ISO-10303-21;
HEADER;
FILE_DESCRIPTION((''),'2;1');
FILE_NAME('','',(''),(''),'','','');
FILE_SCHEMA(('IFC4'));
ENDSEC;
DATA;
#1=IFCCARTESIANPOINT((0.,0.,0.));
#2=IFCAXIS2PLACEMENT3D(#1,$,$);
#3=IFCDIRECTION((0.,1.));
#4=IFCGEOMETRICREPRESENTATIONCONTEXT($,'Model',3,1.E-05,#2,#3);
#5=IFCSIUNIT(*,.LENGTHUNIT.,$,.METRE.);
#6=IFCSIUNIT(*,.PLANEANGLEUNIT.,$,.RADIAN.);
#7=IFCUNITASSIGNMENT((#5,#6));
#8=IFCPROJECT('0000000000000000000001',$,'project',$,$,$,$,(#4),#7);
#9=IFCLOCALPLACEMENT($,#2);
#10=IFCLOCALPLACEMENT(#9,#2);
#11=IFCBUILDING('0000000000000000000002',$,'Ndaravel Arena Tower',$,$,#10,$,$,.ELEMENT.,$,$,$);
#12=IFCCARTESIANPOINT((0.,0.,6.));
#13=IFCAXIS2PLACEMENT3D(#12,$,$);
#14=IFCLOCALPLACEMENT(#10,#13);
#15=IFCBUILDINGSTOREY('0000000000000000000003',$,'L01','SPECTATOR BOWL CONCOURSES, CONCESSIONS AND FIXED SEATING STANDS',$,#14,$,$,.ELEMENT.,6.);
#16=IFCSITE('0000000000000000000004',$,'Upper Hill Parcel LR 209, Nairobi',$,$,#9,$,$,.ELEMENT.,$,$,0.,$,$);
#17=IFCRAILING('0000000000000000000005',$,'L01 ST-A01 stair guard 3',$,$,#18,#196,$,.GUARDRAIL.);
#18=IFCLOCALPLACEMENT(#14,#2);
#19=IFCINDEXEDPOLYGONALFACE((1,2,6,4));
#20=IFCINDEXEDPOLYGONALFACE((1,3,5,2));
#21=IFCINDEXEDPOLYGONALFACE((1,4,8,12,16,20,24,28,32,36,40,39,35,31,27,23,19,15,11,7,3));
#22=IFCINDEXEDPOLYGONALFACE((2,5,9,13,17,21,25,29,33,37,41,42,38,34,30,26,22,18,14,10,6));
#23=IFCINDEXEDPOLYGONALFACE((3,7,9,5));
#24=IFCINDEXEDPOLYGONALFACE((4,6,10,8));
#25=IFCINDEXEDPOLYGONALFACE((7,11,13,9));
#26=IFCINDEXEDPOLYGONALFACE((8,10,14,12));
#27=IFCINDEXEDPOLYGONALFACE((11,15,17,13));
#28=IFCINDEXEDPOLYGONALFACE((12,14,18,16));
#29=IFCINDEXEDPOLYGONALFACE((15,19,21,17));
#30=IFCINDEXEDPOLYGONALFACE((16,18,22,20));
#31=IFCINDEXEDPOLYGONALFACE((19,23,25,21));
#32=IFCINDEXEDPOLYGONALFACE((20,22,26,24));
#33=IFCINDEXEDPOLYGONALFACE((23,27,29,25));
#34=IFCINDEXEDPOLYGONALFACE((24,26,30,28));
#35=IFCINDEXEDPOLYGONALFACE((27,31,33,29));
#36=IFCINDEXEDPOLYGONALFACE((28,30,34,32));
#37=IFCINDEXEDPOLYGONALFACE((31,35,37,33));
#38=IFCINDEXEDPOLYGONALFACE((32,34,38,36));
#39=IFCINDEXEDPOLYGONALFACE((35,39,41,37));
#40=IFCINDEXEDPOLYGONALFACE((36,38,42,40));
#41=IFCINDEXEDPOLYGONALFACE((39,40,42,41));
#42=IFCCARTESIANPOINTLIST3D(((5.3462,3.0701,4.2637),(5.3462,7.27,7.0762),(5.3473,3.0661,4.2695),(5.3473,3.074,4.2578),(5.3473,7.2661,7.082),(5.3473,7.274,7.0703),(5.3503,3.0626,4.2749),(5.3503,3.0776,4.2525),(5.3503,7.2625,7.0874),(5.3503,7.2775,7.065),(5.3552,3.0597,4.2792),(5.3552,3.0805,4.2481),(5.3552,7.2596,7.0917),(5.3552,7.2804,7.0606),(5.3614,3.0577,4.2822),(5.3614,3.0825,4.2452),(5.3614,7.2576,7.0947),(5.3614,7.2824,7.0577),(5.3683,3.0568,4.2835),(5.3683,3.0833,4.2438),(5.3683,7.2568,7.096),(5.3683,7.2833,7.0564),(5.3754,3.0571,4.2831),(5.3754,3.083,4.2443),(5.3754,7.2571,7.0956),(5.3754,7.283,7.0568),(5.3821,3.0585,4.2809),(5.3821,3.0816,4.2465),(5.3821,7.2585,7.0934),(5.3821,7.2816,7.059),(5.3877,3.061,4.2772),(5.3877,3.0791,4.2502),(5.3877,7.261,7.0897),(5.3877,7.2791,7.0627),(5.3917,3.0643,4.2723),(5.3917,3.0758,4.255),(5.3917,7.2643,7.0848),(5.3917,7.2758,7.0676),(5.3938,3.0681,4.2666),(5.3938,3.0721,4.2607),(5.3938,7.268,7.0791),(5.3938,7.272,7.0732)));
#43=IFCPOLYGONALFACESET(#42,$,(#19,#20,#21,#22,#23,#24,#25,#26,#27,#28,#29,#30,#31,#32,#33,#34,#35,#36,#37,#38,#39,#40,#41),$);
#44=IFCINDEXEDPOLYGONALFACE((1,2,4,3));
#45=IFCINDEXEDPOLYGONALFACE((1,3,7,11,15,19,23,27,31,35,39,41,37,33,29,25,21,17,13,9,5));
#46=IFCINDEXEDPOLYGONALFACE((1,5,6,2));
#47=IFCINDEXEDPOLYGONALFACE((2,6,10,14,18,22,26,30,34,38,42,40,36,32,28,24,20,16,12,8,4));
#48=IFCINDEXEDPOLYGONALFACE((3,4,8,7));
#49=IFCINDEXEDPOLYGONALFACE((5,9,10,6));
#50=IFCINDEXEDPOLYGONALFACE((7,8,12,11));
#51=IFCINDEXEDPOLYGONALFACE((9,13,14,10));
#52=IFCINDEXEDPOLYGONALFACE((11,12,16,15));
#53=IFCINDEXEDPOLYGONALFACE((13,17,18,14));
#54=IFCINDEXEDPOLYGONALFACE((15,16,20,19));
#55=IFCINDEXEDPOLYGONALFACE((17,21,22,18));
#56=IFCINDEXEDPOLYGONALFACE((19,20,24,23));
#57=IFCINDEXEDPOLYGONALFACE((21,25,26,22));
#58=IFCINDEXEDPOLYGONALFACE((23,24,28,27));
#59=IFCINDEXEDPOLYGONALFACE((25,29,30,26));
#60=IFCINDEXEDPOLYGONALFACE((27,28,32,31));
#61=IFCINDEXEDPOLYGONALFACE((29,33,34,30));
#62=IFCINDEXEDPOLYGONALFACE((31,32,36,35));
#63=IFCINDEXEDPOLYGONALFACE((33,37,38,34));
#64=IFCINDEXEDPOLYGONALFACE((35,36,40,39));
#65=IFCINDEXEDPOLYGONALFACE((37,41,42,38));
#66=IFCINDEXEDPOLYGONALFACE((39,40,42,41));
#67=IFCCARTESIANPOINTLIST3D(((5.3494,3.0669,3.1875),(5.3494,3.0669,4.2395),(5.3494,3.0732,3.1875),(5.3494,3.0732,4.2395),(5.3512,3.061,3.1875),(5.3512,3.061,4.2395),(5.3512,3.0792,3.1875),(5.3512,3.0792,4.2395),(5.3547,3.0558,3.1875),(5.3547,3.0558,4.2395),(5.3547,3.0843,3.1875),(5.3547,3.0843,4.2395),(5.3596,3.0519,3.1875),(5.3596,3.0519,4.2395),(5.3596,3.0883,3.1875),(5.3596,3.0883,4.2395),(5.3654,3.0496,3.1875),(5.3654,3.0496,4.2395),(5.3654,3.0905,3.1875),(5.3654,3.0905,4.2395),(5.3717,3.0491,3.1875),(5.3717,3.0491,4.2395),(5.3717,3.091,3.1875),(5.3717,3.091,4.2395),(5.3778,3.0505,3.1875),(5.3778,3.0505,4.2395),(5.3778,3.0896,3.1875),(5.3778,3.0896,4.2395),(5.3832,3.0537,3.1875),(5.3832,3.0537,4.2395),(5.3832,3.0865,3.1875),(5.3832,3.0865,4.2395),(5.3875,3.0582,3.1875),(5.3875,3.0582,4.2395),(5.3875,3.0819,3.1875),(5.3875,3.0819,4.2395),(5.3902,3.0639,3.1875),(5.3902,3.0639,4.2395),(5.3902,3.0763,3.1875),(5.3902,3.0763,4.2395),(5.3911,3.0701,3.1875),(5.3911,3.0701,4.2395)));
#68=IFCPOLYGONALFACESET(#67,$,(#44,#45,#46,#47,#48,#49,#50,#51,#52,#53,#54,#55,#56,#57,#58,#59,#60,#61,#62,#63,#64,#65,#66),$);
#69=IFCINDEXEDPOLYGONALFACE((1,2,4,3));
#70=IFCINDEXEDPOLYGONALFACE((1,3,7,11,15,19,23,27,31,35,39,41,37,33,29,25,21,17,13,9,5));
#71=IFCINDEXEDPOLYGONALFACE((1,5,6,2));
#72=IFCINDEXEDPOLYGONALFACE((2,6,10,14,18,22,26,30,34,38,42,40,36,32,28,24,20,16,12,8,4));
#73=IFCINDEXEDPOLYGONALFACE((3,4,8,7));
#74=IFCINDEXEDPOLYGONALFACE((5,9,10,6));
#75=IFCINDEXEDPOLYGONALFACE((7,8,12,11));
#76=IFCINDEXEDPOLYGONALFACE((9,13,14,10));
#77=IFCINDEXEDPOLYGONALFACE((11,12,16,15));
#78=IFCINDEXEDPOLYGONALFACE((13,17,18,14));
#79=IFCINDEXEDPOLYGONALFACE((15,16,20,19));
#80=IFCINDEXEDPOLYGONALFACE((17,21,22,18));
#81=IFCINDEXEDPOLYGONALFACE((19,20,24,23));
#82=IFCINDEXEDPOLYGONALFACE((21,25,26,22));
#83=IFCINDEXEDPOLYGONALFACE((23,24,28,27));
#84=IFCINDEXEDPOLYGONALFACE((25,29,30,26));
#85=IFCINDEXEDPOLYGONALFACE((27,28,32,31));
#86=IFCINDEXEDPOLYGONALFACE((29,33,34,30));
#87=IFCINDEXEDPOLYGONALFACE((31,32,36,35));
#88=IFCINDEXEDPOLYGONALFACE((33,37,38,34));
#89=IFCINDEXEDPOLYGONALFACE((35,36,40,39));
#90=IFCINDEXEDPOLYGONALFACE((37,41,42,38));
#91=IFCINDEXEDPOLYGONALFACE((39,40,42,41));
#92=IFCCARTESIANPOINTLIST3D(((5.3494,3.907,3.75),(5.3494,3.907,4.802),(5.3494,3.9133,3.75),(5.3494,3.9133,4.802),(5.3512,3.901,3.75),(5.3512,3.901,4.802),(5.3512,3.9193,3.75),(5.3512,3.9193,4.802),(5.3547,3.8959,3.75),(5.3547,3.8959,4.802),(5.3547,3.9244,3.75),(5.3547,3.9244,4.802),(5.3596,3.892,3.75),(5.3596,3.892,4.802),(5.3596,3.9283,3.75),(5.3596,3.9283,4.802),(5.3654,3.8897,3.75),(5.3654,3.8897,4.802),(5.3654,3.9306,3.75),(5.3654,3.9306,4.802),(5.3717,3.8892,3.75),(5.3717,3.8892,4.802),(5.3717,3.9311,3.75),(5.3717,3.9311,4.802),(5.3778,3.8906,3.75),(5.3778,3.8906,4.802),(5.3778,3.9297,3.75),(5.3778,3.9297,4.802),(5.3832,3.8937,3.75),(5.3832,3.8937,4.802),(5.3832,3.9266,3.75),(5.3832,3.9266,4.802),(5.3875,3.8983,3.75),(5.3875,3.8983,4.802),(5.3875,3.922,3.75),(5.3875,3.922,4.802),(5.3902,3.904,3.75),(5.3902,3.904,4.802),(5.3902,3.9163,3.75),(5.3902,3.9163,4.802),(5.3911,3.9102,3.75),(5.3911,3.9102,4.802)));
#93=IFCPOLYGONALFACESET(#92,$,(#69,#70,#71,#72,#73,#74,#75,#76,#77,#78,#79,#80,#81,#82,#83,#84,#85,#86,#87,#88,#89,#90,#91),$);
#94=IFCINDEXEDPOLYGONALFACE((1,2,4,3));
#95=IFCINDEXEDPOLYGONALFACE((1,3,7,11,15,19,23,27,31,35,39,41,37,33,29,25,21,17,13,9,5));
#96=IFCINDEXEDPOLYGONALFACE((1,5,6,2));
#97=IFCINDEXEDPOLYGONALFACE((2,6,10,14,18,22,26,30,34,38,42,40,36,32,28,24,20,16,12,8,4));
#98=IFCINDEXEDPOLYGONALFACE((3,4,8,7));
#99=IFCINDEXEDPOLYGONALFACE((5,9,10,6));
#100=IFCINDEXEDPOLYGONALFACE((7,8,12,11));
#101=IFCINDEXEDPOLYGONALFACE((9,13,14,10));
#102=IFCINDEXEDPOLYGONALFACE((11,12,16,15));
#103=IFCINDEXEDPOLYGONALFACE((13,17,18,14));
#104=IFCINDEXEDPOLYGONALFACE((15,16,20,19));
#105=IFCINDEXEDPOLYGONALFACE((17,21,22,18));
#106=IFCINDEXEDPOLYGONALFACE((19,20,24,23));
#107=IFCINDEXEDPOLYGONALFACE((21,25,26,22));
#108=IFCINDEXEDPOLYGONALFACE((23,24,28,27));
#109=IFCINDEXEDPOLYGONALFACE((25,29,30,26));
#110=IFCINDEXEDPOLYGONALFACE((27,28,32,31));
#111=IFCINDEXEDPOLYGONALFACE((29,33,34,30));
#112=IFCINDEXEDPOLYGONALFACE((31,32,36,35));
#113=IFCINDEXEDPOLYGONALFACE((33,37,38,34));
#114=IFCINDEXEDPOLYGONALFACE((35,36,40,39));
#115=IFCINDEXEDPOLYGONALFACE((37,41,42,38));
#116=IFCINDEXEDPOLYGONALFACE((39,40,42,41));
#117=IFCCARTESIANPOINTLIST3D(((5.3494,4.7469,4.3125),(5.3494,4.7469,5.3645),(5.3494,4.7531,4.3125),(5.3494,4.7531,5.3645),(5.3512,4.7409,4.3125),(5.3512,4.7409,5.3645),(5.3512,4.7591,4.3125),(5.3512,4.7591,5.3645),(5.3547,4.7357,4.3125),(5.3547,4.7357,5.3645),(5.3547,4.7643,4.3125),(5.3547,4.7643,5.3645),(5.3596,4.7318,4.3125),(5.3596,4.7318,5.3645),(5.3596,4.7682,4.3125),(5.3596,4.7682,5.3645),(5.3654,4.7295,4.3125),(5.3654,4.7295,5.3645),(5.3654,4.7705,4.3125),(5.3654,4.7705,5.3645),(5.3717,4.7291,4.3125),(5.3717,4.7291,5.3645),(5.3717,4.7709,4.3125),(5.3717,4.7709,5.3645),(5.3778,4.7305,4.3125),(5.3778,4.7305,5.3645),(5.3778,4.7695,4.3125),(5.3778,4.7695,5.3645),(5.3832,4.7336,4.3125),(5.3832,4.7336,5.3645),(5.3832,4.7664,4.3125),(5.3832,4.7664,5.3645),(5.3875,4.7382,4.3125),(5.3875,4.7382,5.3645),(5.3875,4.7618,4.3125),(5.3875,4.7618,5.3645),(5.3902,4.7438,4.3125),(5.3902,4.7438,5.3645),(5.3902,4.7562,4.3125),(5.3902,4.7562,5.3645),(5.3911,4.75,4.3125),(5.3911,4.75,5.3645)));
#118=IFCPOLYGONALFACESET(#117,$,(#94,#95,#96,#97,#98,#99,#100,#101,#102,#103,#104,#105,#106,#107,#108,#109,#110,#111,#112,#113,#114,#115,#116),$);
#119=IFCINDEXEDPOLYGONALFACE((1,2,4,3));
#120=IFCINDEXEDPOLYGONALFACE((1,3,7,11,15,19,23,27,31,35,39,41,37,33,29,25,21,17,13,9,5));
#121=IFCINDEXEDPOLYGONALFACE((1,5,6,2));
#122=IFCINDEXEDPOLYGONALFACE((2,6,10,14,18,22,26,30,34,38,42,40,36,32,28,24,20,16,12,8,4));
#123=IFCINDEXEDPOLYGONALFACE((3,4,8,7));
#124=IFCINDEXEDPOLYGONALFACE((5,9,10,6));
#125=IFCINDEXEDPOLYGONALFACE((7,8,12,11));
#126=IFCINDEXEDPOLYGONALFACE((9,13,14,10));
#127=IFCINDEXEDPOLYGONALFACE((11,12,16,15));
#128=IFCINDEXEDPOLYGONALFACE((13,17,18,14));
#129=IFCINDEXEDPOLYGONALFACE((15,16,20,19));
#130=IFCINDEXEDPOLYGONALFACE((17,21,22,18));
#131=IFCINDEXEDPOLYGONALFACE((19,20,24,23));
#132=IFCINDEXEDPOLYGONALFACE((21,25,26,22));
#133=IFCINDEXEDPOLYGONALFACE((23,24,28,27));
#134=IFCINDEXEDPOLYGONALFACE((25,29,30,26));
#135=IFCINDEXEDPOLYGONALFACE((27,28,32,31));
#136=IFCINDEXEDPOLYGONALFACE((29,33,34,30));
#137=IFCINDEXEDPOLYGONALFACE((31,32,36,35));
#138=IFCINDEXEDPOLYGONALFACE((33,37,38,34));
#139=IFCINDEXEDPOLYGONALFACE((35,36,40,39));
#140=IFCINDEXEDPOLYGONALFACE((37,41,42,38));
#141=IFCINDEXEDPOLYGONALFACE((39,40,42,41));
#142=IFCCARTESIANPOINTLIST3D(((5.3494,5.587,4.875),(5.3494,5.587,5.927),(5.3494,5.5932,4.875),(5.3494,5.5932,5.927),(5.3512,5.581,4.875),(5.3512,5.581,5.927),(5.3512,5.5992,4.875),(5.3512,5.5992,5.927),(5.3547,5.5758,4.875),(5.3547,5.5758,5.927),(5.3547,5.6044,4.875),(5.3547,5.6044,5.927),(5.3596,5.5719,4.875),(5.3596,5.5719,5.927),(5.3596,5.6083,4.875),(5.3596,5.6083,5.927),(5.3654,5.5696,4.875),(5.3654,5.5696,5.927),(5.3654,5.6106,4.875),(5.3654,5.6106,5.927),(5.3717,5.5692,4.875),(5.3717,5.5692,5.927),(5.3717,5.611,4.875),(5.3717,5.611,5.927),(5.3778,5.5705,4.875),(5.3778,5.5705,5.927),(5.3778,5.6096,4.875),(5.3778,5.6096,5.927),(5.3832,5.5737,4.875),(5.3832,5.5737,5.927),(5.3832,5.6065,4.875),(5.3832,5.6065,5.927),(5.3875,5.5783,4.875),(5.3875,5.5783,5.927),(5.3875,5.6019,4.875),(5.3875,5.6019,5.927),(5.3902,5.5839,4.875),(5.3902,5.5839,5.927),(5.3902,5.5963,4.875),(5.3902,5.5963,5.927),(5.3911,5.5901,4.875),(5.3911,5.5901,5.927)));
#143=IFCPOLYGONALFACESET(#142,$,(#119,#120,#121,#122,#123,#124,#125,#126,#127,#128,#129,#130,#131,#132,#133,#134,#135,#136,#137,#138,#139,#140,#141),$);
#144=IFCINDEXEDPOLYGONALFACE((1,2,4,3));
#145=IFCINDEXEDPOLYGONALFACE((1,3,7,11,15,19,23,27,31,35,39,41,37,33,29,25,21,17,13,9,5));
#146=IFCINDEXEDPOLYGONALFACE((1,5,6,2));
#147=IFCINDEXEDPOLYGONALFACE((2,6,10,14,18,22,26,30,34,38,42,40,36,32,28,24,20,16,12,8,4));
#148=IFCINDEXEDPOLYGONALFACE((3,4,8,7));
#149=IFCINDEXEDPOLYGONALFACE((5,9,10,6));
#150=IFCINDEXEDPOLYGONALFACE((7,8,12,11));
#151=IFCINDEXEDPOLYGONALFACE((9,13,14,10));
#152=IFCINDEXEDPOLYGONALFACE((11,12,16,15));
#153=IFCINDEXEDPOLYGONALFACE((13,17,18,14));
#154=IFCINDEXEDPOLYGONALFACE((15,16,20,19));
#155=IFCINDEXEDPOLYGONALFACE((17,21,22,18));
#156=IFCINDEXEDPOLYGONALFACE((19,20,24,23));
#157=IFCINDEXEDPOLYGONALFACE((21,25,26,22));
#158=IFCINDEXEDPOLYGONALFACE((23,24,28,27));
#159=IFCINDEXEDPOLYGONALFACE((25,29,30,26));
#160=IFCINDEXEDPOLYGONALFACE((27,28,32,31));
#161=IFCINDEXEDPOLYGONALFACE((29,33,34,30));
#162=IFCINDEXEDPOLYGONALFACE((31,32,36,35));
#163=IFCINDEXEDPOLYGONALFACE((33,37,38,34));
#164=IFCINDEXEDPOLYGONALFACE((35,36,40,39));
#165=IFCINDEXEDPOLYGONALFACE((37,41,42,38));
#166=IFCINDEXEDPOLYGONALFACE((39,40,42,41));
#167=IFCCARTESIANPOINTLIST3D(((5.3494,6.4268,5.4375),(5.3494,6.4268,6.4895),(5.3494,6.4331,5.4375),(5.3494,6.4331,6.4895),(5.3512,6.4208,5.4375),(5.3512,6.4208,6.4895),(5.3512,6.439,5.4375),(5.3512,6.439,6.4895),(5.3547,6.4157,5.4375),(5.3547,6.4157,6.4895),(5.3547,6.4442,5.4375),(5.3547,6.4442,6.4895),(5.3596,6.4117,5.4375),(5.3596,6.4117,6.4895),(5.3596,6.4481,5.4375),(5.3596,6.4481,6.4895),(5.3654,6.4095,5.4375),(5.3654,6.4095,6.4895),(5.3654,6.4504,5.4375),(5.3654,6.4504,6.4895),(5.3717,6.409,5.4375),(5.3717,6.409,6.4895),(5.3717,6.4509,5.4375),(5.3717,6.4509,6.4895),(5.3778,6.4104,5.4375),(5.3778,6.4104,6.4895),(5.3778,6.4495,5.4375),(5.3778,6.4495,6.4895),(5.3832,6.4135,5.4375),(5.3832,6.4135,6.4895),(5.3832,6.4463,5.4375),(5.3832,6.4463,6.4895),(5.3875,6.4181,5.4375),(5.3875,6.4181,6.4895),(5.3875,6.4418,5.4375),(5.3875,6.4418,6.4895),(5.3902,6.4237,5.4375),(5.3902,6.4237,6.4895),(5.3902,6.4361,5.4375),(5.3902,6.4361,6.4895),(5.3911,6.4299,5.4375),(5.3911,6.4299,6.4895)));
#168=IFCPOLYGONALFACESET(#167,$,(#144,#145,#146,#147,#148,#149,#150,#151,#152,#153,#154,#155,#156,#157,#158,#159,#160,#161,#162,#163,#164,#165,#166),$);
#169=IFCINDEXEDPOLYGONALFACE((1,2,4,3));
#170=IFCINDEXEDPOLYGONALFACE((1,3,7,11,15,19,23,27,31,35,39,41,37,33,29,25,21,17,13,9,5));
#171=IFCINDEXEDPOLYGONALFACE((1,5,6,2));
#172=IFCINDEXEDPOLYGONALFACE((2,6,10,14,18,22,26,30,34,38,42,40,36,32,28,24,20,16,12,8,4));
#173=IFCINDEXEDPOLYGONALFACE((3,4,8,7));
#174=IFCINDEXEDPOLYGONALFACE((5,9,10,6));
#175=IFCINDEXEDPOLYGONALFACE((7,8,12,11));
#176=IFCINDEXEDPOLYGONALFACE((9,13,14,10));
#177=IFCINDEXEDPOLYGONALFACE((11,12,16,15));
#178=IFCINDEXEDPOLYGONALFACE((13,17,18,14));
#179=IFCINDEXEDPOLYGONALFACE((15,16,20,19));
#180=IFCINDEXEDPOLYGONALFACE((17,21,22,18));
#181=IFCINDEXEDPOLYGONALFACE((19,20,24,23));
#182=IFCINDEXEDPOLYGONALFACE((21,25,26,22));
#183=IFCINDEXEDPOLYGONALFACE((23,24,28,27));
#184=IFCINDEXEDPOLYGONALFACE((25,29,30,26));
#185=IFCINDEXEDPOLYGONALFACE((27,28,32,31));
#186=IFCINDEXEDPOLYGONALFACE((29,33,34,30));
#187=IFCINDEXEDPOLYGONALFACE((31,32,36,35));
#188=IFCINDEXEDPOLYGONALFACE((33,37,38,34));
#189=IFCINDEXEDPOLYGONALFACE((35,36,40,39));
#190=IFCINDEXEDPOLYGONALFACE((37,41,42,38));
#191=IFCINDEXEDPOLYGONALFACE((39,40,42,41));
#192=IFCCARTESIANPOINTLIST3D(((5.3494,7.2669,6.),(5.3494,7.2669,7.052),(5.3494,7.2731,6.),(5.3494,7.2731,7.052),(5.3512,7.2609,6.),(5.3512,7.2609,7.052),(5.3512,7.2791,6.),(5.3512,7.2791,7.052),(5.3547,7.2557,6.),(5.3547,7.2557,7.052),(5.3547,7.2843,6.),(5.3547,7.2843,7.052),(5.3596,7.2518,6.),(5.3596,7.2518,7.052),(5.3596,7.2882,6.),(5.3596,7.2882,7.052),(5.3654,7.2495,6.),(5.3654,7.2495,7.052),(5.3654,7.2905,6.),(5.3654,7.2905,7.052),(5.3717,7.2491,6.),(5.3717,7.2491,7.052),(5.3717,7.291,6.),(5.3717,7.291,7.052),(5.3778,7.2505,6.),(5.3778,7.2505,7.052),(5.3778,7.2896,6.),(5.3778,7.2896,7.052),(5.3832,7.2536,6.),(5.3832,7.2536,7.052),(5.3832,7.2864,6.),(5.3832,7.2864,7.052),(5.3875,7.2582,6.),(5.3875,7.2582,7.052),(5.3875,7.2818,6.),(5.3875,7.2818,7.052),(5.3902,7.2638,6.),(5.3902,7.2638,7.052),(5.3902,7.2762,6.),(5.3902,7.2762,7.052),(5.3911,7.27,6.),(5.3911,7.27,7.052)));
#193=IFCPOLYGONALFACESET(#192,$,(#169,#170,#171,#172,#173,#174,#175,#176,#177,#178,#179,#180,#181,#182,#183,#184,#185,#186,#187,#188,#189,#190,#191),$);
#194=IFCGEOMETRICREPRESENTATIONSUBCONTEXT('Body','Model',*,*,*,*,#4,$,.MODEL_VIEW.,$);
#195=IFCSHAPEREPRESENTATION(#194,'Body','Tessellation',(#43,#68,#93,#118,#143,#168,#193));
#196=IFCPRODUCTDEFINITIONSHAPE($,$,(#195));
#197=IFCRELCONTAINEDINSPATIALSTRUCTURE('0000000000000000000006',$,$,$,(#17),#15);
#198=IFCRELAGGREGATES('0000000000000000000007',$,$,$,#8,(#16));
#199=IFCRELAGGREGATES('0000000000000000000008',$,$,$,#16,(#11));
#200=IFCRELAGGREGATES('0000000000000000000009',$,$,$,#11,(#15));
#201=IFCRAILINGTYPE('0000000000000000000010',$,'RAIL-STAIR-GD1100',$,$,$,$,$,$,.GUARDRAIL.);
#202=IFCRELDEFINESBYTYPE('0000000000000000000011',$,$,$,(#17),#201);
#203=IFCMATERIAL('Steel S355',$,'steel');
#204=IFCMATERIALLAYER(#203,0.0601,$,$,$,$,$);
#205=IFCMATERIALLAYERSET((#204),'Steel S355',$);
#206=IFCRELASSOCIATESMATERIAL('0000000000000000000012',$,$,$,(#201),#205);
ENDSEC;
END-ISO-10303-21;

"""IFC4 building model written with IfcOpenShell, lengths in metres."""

from ifc_helpers import new_model, si_unit, direction, frame, origin, origin_2d, place, context, subcontext, project, spatial, circle, extrude, material, layer, layer_set, type_object, element, save


model = new_model("IFC4")

# Units and contexts
model_context = context("Model", 3, precision=1e-05, world=origin(), true_north=direction((0.0, 1.0)))
body_context = subcontext(model_context, "Body", "Model", "MODEL_VIEW")
ifc_project = project(units=[si_unit("LENGTHUNIT", "METRE"), si_unit("PLANEANGLEUNIT", "RADIAN")], contexts=[model_context])

# Site, building, storey
site_placement = place(None, origin())
site = spatial("IfcSite", under=ifc_project, at=site_placement, Name="Upper Hill Parcel LR 209, Nairobi", CompositionType="ELEMENT", RefElevation=0.0)
building_placement = place(site_placement, origin())
building = spatial("IfcBuilding", under=site, at=building_placement, Name="Ndaravel Arena Tower", CompositionType="ELEMENT")
storey_placement = place(building_placement, frame((0.0, 0.0, 6.0)))
storey = spatial("IfcBuildingStorey", under=building, at=storey_placement, Name="L01", Description="SPECTATOR BOWL CONCOURSES, CONCESSIONS AND FIXED SEATING STANDS", CompositionType="ELEMENT", Elevation=6.0)

# Railing
ifc_material_1 = material(Name="Steel S355", Category="steel")
ifc_layer_1 = layer(ifc_material_1, 0.0601)
ifc_layer_set_1 = layer_set([ifc_layer_1], Name="Steel S355")
railing_type_1 = type_object("IfcRailingType", Name="RAIL-STAIR-GD1100", PredefinedType="GUARDRAIL", material=ifc_layer_set_1)
railing_1_placement = place(storey_placement, frame((5.3701, 3.0701, 3.1875)))
element("IfcRailing", 1, at=railing_1_placement, inside=storey, type_object=railing_type_1, Name="L01 ST-A01 stair guard 3", PredefinedType="GUARDRAIL", context=body_context, shape_type="SweptSolid", body=[
    extrude(circle(Radius=0.0239, at=origin_2d()), frame((0.0, 0.0, 1.0762), z_axis=(0.0, 0.830904, 0.556416), x_axis=(-1.0, 0.0, 0.0)), (0.0, 0.0, 1.0), 5.0547),
    extrude(circle(Radius=0.021, at=origin_2d()), origin(), (0.0, 0.0, 1.0), 1.052),
    extrude(circle(Radius=0.021, at=origin_2d()), frame((0.0, 0.8401, 0.5625)), (0.0, 0.0, 1.0), 1.052),
    extrude(circle(Radius=0.021, at=origin_2d()), frame((0.0, 1.6799, 1.125)), (0.0, 0.0, 1.0), 1.052),
    extrude(circle(Radius=0.021, at=origin_2d()), frame((0.0, 2.52, 1.6875)), (0.0, 0.0, 1.0), 1.052),
    extrude(circle(Radius=0.021, at=origin_2d()), frame((0.0, 3.3599, 2.25)), (0.0, 0.0, 1.0), 1.052),
    extrude(circle(Radius=0.021, at=origin_2d()), frame((0.0, 4.2, 2.8125)), (0.0, 0.0, 1.0), 1.052),
])

save(model, "model.ifc")
